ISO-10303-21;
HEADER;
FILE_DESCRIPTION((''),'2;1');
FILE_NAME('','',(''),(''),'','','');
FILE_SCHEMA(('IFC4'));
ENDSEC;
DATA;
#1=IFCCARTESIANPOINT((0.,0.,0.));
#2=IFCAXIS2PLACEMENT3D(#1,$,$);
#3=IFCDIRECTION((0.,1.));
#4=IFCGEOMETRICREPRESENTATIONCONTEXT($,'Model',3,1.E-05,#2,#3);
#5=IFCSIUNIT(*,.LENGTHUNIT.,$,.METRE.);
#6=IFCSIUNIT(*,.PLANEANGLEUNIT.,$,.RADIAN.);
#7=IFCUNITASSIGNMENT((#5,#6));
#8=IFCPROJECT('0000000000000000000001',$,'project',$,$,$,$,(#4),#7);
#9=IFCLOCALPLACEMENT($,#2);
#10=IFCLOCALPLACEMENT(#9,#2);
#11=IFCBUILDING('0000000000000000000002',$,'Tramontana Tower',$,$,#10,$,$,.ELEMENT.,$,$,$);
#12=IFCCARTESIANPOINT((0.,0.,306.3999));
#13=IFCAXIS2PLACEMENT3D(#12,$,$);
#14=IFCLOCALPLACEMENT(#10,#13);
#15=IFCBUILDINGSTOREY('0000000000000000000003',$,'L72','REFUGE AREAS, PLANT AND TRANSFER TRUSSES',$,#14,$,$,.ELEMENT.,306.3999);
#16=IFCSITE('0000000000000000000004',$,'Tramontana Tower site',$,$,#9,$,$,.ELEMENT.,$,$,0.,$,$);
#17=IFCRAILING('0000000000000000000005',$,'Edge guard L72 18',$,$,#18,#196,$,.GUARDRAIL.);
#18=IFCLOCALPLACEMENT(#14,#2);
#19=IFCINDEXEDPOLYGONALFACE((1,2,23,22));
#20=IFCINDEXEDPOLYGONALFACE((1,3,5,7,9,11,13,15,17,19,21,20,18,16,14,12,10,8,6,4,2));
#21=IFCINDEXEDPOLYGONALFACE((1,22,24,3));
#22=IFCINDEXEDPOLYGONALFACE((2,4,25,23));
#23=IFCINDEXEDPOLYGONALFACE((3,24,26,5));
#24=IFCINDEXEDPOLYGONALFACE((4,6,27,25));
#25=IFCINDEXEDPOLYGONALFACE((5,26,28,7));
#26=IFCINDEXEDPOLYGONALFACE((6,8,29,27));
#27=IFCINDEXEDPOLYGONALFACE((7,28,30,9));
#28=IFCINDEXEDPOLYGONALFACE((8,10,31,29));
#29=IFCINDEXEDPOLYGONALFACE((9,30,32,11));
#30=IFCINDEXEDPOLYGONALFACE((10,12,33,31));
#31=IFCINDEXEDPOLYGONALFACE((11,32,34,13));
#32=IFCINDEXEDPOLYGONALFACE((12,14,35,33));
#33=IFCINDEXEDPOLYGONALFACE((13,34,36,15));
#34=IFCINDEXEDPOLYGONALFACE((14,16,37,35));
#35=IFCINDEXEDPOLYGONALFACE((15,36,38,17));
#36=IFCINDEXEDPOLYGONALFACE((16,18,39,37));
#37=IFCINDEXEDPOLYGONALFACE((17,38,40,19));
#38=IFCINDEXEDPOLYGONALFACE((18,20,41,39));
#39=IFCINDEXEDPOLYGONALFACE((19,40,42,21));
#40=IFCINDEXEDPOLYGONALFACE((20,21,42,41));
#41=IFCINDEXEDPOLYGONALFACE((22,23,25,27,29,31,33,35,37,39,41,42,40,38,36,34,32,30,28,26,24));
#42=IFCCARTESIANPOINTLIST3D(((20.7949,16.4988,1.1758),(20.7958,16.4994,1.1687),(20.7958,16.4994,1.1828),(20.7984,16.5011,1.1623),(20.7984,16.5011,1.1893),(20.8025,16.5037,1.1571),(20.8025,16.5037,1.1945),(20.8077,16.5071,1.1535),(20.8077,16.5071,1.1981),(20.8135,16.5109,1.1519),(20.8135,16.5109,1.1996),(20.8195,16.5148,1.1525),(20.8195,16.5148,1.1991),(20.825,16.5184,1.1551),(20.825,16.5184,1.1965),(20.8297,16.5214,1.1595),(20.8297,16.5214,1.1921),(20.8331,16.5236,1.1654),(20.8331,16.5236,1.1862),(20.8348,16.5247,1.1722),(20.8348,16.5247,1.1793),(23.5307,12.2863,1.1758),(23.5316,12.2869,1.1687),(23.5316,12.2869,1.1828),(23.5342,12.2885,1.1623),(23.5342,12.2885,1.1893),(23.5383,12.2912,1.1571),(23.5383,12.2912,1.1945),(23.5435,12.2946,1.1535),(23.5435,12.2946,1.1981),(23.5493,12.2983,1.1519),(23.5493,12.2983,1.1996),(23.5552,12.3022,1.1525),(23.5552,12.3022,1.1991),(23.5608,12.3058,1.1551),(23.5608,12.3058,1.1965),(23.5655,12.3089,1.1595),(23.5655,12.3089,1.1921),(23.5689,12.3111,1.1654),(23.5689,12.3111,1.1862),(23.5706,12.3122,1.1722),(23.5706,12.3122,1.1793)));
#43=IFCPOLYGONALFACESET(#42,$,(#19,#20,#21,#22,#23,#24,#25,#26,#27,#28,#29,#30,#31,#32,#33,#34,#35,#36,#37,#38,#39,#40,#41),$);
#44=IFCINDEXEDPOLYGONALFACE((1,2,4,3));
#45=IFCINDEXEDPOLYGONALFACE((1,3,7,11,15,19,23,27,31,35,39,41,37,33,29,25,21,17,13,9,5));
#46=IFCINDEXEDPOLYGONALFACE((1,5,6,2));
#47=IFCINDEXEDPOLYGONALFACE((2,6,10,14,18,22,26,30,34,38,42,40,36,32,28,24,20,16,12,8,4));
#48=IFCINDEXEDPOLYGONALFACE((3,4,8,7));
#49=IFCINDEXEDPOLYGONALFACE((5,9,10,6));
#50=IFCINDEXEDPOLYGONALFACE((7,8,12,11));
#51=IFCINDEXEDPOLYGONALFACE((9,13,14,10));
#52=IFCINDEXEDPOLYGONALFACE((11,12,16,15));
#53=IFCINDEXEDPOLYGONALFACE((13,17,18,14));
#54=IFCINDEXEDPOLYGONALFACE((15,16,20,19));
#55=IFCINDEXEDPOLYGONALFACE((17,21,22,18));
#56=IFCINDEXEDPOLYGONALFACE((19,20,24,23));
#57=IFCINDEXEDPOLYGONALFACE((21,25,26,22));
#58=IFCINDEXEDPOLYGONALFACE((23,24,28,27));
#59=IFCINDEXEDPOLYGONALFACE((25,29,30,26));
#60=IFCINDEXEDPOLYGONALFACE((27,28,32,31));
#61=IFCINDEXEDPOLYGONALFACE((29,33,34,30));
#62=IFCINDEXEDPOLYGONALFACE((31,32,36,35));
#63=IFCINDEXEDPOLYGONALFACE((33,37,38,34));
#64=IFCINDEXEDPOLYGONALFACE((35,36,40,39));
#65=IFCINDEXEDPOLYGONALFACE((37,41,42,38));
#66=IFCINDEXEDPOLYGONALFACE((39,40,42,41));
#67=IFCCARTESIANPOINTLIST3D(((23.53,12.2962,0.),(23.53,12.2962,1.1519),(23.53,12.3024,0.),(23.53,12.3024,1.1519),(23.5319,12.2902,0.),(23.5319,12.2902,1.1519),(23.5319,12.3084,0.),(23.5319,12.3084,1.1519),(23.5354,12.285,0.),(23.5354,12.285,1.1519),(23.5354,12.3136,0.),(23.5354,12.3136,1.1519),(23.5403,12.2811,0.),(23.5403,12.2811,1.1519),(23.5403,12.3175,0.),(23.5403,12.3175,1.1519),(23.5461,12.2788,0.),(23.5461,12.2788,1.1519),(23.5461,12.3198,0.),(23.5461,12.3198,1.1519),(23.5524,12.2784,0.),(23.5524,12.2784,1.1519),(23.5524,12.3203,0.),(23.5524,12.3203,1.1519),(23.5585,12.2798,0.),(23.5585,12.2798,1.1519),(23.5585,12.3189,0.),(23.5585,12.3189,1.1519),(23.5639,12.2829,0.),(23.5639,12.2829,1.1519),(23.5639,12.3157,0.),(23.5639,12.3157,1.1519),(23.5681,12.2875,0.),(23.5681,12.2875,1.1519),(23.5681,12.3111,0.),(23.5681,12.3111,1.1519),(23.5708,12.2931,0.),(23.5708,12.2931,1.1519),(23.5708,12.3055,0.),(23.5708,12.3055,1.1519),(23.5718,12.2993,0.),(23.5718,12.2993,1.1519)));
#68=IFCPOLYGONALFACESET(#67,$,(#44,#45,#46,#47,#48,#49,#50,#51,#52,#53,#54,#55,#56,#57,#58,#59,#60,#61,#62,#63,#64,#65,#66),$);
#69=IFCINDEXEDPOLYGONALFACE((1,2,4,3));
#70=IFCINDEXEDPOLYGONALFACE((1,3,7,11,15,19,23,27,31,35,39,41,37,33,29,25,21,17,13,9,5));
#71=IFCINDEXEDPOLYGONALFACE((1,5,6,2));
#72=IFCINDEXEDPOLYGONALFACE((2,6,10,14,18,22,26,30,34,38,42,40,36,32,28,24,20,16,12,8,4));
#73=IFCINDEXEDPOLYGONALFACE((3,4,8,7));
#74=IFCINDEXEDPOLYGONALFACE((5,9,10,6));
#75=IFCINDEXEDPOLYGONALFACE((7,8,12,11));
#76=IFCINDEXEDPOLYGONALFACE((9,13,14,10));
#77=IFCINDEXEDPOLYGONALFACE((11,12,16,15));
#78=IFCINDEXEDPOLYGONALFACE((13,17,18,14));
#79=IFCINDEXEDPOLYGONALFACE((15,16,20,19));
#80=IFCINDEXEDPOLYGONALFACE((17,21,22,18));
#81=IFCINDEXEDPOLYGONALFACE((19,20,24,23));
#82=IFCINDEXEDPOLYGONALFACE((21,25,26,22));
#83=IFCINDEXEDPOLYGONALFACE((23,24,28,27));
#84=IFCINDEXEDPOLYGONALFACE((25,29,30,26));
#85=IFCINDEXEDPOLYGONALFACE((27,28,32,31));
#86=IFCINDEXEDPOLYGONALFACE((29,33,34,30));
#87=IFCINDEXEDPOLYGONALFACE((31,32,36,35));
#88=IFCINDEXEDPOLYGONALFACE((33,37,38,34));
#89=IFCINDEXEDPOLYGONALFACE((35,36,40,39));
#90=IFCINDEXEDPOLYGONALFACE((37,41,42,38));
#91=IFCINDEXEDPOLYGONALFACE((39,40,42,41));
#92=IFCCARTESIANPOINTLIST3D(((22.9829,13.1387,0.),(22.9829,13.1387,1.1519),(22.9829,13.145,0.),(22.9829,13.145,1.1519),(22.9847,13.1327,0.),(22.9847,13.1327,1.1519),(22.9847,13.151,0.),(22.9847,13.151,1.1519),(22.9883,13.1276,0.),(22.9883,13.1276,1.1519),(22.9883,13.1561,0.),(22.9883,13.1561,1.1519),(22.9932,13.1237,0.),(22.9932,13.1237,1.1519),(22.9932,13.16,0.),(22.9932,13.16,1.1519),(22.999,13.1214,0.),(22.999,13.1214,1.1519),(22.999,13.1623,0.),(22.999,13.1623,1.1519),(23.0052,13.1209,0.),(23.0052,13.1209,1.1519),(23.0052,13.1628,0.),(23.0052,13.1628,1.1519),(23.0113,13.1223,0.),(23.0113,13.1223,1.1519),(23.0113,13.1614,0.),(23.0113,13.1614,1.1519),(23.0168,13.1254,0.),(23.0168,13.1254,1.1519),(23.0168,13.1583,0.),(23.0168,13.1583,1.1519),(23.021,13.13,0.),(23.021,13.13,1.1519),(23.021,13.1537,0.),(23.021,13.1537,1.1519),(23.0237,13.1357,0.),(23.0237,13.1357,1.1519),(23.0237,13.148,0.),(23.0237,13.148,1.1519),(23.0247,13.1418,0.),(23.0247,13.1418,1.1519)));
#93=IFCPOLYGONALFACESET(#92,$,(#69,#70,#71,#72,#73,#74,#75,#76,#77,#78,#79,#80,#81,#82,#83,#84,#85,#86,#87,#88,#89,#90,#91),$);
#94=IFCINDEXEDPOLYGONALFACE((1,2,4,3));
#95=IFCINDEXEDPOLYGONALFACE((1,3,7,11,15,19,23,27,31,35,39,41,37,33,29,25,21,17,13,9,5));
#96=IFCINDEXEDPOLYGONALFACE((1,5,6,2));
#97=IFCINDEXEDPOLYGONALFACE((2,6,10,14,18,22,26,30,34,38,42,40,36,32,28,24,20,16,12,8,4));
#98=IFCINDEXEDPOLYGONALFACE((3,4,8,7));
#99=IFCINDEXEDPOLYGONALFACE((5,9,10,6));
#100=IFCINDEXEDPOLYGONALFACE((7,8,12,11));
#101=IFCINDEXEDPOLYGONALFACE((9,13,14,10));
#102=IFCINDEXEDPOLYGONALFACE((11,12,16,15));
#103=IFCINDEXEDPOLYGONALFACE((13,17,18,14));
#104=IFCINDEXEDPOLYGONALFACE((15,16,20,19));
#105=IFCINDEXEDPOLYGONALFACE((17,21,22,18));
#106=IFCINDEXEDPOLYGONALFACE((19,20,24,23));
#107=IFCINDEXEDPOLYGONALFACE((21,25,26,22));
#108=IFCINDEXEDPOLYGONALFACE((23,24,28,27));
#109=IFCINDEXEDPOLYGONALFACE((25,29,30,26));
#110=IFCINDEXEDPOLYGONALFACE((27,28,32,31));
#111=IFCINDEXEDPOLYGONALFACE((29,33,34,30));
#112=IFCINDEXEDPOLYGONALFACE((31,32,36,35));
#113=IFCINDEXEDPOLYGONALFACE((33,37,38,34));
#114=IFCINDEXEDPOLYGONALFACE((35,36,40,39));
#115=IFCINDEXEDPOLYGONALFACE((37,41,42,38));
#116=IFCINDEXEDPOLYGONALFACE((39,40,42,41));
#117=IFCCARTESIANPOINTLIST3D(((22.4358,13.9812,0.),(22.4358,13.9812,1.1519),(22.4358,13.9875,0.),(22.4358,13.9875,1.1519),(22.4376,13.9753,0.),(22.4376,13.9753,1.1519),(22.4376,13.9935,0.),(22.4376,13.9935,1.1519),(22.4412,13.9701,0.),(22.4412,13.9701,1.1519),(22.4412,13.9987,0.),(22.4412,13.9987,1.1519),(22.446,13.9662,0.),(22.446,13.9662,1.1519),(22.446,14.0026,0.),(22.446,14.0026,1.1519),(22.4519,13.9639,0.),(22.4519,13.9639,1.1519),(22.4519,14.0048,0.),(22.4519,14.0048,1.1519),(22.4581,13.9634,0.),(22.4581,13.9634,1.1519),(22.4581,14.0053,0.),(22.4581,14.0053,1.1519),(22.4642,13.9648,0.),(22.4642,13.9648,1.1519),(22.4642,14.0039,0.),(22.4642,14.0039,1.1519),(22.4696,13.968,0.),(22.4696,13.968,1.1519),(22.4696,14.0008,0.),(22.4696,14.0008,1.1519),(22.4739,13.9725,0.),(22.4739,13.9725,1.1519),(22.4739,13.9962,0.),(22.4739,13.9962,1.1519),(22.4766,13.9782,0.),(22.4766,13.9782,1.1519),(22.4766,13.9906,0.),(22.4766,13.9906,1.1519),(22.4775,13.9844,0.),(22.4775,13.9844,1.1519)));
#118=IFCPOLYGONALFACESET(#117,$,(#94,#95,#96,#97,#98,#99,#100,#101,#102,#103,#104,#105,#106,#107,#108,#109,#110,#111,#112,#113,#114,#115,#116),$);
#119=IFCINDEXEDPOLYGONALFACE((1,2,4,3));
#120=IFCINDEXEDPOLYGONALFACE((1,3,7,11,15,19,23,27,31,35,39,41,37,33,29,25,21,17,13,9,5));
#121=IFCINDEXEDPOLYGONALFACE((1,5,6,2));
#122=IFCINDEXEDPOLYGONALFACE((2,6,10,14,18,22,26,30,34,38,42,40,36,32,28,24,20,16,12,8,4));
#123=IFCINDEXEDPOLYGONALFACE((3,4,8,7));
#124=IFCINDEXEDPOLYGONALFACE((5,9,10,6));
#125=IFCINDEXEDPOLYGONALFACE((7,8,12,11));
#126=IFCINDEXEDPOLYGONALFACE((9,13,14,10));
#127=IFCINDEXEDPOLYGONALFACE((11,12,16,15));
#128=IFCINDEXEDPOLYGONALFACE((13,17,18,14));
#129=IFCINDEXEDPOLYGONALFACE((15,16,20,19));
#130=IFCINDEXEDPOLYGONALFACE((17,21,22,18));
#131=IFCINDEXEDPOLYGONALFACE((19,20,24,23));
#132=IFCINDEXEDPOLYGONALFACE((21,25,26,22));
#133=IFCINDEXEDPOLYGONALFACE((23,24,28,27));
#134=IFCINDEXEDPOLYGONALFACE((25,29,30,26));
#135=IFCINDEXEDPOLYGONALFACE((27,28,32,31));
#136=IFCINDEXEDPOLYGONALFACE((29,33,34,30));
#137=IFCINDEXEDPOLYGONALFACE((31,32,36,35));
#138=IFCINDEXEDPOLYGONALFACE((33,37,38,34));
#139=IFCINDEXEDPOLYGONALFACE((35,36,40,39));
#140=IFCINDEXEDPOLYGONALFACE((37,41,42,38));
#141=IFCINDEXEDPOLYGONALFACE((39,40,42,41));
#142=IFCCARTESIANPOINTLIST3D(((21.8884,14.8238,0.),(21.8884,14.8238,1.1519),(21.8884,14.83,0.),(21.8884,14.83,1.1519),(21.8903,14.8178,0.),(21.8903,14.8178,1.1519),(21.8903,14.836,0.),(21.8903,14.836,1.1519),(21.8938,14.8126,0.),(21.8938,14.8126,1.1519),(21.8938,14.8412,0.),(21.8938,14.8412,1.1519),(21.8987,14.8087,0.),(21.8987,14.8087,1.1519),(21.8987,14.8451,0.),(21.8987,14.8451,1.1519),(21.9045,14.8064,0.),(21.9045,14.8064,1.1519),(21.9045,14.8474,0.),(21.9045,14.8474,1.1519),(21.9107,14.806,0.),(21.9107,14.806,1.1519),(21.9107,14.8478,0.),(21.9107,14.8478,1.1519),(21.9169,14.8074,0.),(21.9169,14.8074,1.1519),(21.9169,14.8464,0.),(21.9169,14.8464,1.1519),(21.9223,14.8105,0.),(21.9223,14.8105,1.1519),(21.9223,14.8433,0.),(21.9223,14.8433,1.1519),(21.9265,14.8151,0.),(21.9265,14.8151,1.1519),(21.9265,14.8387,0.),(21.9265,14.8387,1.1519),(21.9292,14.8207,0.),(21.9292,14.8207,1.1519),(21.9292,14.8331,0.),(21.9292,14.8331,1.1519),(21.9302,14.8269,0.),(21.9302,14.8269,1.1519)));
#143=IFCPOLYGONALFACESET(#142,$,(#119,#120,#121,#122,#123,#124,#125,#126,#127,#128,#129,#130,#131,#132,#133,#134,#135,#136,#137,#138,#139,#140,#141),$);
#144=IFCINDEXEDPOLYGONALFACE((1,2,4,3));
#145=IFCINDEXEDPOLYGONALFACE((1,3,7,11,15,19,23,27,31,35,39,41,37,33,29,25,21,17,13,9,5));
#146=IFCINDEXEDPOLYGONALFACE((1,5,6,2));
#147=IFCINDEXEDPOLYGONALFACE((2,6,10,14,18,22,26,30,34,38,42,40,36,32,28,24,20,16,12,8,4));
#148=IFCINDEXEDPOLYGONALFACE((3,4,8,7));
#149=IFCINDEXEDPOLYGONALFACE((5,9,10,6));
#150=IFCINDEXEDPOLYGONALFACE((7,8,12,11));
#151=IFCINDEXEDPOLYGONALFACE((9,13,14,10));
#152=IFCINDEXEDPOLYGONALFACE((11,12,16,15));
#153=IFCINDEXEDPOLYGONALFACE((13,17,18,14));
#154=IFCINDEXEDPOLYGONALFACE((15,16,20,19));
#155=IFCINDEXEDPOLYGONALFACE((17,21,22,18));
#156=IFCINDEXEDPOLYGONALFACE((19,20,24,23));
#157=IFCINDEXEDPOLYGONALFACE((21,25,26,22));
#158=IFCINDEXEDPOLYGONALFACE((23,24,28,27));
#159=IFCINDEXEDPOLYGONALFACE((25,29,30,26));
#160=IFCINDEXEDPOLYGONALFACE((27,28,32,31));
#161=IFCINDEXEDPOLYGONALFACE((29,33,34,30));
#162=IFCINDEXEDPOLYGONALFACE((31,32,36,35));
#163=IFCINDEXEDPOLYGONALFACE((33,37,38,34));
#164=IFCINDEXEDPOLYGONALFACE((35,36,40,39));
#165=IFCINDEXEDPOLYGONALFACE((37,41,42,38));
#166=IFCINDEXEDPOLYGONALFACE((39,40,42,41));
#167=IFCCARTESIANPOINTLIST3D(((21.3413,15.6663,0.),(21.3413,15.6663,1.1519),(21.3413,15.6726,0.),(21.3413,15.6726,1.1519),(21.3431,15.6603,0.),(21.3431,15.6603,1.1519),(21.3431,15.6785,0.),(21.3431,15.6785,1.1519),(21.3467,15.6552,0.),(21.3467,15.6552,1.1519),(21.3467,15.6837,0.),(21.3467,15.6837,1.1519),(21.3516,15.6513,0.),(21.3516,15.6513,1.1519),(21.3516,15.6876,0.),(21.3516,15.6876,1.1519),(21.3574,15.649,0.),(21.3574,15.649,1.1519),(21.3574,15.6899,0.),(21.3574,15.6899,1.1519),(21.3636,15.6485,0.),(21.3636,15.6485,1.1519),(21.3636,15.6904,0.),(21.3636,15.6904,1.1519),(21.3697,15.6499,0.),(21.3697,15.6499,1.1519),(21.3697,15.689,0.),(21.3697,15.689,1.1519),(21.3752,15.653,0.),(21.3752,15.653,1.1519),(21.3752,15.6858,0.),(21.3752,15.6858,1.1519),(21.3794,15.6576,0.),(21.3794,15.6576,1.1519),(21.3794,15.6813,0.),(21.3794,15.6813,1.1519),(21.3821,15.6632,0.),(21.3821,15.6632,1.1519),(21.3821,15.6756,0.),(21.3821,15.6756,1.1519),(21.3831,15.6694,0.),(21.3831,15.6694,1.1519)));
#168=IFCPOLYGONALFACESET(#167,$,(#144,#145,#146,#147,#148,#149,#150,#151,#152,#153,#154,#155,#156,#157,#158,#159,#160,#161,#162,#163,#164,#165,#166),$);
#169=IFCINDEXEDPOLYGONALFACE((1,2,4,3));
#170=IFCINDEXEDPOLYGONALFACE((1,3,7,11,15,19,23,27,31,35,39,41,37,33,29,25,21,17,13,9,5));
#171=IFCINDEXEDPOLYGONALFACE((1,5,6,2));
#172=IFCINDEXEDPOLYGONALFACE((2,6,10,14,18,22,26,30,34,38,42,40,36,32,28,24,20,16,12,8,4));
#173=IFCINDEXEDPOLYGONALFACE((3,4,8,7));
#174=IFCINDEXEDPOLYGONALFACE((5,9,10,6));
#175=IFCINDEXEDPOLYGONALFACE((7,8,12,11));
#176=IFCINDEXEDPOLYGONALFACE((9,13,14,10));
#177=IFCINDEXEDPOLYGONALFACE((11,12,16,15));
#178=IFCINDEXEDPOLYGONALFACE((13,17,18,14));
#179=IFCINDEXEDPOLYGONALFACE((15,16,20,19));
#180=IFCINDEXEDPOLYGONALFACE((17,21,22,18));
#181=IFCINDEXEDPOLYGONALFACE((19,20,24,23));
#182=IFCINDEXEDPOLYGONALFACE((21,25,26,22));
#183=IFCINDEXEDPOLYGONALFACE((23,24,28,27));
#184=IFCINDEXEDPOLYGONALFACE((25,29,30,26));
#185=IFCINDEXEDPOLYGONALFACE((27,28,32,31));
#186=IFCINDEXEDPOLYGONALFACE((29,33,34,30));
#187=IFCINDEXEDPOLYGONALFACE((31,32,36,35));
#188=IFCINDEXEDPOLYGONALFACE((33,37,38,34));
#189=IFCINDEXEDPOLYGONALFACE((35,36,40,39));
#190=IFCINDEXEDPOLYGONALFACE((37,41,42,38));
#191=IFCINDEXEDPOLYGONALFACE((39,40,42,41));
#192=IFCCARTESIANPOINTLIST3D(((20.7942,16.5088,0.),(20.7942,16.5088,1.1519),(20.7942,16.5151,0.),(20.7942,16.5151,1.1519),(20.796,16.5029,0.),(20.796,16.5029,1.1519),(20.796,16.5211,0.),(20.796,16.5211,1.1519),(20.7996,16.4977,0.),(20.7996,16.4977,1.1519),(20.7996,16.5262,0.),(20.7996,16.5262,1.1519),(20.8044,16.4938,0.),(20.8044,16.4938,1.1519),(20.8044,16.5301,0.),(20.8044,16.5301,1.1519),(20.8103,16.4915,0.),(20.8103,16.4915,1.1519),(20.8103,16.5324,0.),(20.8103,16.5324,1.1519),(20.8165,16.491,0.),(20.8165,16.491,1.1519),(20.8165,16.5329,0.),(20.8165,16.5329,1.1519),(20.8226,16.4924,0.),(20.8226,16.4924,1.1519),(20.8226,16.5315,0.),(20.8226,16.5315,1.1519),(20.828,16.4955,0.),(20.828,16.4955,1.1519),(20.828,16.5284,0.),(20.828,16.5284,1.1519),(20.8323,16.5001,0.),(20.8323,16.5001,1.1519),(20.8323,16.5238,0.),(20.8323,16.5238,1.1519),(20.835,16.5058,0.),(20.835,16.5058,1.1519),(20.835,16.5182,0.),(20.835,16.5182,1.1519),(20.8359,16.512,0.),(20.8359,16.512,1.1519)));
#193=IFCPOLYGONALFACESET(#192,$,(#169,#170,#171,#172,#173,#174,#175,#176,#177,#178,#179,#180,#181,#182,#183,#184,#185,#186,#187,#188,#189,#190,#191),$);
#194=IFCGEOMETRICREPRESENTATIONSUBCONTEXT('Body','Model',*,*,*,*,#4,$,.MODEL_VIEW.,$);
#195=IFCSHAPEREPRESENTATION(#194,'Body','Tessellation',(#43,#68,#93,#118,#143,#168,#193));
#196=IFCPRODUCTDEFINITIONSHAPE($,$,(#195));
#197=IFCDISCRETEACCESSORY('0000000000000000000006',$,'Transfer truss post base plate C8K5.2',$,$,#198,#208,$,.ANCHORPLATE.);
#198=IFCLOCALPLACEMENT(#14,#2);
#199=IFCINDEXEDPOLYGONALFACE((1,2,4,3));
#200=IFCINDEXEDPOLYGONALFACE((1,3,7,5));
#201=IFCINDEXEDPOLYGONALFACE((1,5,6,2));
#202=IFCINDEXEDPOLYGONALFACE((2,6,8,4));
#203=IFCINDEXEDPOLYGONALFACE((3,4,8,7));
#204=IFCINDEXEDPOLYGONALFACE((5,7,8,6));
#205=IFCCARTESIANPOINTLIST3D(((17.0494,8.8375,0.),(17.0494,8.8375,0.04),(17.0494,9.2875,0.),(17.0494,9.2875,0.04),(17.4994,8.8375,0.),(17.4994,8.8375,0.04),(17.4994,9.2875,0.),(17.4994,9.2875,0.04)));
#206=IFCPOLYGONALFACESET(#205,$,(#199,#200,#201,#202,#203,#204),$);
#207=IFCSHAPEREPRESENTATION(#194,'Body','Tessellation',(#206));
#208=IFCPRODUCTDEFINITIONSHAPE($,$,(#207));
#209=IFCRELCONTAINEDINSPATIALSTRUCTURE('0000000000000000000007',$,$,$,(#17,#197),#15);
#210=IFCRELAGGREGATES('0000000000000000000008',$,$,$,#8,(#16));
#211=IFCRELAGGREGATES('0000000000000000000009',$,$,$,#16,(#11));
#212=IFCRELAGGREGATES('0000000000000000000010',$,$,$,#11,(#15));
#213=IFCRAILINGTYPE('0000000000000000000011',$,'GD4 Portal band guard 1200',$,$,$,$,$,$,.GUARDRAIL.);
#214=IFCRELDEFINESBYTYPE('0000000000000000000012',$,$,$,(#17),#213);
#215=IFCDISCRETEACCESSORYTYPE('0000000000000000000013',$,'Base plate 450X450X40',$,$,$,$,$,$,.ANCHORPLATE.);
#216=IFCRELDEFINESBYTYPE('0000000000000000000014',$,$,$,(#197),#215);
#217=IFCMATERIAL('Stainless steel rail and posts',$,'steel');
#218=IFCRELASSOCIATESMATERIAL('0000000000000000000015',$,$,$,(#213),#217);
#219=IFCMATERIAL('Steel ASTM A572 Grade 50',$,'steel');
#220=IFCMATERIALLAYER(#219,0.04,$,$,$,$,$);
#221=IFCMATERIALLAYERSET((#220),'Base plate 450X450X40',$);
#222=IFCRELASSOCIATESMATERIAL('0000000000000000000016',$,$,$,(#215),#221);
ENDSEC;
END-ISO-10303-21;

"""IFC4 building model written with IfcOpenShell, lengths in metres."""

from ifc_helpers import new_model, si_unit, direction, frame, origin, origin_2d, place, context, subcontext, project, spatial, rectangle, circle, extrude, material, layer, layer_set, type_object, element, save


model = new_model("IFC4")

# Units and contexts
model_context = context("Model", 3, precision=1e-05, world=origin(), true_north=direction((0.0, 1.0)))
body_context = subcontext(model_context, "Body", "Model", "MODEL_VIEW")
ifc_project = project(units=[si_unit("LENGTHUNIT", "METRE"), si_unit("PLANEANGLEUNIT", "RADIAN")], contexts=[model_context])

# Site, building, storey
site_placement = place(None, origin())
site = spatial("IfcSite", under=ifc_project, at=site_placement, Name="Tramontana Tower site", CompositionType="ELEMENT", RefElevation=0.0)
building_placement = place(site_placement, origin())
building = spatial("IfcBuilding", under=site, at=building_placement, Name="Tramontana Tower", CompositionType="ELEMENT")
storey_placement = place(building_placement, frame((0.0, 0.0, 306.3999)))
storey = spatial("IfcBuildingStorey", under=building, at=storey_placement, Name="L72", Description="REFUGE AREAS, PLANT AND TRANSFER TRUSSES", CompositionType="ELEMENT", Elevation=306.3999)

# Railing
ifc_material_1 = material(Name="Stainless steel rail and posts", Category="steel")
railing_type = type_object("IfcRailingType", Name="GD4 Portal band guard 1200", PredefinedType="GUARDRAIL", material=ifc_material_1)
railing_1_placement = place(storey_placement, frame((23.5508, 12.2993, 0.0)))
element("IfcRailing", 1, at=railing_1_placement, inside=storey, type_object=railing_type, Name="Edge guard L72 18", PredefinedType="GUARDRAIL", context=body_context, shape_type="SweptSolid", body=[
    extrude(circle(Radius=0.0239, at=origin_2d()), frame((0.0, 0.0, 1.1758), z_axis=(-0.544655, 0.83866, 0.0), x_axis=(-0.83866, -0.544655, 0.0)), (0.0, 0.0, 1.0), 5.0229),
    extrude(circle(Radius=0.021, at=origin_2d()), origin(), (0.0, 0.0, 1.0), 1.1519),
    extrude(circle(Radius=0.021, at=origin_2d()), frame((-0.5471, 0.8425, 0.0)), (0.0, 0.0, 1.0), 1.1519),
    extrude(circle(Radius=0.021, at=origin_2d()), frame((-1.0942, 1.6851, 0.0)), (0.0, 0.0, 1.0), 1.1519),
    extrude(circle(Radius=0.021, at=origin_2d()), frame((-1.6416, 2.5276, 0.0)), (0.0, 0.0, 1.0), 1.1519),
    extrude(circle(Radius=0.021, at=origin_2d()), frame((-2.1887, 3.3701, 0.0)), (0.0, 0.0, 1.0), 1.1519),
    extrude(circle(Radius=0.021, at=origin_2d()), frame((-2.7358, 4.2126, 0.0)), (0.0, 0.0, 1.0), 1.1519),
])

# Discrete accessory
ifc_material_2 = material(Name="Steel ASTM A572 Grade 50", Category="steel")
ifc_layer_1 = layer(ifc_material_2, 0.04)
ifc_layer_set_1 = layer_set([ifc_layer_1], Name="Base plate 450X450X40")
discrete_accessory_type_1 = type_object("IfcDiscreteAccessoryType", Name="Base plate 450X450X40", PredefinedType="ANCHORPLATE", material=ifc_layer_set_1)
discrete_accessory_1_placement = place(storey_placement, frame((17.2744, 9.0625, 0.0), z_axis=(0.0, 0.0, 1.0), x_axis=(1.0, 0.0, 0.0)))
element("IfcDiscreteAccessory", 2, at=discrete_accessory_1_placement, inside=storey, type_object=discrete_accessory_type_1, Name="Transfer truss post base plate C8K5.2", PredefinedType="ANCHORPLATE", context=body_context, shape_type="SweptSolid", body=[
    extrude(rectangle(XDim=0.45, YDim=0.45, at=origin_2d()), origin(), (0.0, 0.0, 1.0), 0.04),
])

save(model, "model.ifc")
